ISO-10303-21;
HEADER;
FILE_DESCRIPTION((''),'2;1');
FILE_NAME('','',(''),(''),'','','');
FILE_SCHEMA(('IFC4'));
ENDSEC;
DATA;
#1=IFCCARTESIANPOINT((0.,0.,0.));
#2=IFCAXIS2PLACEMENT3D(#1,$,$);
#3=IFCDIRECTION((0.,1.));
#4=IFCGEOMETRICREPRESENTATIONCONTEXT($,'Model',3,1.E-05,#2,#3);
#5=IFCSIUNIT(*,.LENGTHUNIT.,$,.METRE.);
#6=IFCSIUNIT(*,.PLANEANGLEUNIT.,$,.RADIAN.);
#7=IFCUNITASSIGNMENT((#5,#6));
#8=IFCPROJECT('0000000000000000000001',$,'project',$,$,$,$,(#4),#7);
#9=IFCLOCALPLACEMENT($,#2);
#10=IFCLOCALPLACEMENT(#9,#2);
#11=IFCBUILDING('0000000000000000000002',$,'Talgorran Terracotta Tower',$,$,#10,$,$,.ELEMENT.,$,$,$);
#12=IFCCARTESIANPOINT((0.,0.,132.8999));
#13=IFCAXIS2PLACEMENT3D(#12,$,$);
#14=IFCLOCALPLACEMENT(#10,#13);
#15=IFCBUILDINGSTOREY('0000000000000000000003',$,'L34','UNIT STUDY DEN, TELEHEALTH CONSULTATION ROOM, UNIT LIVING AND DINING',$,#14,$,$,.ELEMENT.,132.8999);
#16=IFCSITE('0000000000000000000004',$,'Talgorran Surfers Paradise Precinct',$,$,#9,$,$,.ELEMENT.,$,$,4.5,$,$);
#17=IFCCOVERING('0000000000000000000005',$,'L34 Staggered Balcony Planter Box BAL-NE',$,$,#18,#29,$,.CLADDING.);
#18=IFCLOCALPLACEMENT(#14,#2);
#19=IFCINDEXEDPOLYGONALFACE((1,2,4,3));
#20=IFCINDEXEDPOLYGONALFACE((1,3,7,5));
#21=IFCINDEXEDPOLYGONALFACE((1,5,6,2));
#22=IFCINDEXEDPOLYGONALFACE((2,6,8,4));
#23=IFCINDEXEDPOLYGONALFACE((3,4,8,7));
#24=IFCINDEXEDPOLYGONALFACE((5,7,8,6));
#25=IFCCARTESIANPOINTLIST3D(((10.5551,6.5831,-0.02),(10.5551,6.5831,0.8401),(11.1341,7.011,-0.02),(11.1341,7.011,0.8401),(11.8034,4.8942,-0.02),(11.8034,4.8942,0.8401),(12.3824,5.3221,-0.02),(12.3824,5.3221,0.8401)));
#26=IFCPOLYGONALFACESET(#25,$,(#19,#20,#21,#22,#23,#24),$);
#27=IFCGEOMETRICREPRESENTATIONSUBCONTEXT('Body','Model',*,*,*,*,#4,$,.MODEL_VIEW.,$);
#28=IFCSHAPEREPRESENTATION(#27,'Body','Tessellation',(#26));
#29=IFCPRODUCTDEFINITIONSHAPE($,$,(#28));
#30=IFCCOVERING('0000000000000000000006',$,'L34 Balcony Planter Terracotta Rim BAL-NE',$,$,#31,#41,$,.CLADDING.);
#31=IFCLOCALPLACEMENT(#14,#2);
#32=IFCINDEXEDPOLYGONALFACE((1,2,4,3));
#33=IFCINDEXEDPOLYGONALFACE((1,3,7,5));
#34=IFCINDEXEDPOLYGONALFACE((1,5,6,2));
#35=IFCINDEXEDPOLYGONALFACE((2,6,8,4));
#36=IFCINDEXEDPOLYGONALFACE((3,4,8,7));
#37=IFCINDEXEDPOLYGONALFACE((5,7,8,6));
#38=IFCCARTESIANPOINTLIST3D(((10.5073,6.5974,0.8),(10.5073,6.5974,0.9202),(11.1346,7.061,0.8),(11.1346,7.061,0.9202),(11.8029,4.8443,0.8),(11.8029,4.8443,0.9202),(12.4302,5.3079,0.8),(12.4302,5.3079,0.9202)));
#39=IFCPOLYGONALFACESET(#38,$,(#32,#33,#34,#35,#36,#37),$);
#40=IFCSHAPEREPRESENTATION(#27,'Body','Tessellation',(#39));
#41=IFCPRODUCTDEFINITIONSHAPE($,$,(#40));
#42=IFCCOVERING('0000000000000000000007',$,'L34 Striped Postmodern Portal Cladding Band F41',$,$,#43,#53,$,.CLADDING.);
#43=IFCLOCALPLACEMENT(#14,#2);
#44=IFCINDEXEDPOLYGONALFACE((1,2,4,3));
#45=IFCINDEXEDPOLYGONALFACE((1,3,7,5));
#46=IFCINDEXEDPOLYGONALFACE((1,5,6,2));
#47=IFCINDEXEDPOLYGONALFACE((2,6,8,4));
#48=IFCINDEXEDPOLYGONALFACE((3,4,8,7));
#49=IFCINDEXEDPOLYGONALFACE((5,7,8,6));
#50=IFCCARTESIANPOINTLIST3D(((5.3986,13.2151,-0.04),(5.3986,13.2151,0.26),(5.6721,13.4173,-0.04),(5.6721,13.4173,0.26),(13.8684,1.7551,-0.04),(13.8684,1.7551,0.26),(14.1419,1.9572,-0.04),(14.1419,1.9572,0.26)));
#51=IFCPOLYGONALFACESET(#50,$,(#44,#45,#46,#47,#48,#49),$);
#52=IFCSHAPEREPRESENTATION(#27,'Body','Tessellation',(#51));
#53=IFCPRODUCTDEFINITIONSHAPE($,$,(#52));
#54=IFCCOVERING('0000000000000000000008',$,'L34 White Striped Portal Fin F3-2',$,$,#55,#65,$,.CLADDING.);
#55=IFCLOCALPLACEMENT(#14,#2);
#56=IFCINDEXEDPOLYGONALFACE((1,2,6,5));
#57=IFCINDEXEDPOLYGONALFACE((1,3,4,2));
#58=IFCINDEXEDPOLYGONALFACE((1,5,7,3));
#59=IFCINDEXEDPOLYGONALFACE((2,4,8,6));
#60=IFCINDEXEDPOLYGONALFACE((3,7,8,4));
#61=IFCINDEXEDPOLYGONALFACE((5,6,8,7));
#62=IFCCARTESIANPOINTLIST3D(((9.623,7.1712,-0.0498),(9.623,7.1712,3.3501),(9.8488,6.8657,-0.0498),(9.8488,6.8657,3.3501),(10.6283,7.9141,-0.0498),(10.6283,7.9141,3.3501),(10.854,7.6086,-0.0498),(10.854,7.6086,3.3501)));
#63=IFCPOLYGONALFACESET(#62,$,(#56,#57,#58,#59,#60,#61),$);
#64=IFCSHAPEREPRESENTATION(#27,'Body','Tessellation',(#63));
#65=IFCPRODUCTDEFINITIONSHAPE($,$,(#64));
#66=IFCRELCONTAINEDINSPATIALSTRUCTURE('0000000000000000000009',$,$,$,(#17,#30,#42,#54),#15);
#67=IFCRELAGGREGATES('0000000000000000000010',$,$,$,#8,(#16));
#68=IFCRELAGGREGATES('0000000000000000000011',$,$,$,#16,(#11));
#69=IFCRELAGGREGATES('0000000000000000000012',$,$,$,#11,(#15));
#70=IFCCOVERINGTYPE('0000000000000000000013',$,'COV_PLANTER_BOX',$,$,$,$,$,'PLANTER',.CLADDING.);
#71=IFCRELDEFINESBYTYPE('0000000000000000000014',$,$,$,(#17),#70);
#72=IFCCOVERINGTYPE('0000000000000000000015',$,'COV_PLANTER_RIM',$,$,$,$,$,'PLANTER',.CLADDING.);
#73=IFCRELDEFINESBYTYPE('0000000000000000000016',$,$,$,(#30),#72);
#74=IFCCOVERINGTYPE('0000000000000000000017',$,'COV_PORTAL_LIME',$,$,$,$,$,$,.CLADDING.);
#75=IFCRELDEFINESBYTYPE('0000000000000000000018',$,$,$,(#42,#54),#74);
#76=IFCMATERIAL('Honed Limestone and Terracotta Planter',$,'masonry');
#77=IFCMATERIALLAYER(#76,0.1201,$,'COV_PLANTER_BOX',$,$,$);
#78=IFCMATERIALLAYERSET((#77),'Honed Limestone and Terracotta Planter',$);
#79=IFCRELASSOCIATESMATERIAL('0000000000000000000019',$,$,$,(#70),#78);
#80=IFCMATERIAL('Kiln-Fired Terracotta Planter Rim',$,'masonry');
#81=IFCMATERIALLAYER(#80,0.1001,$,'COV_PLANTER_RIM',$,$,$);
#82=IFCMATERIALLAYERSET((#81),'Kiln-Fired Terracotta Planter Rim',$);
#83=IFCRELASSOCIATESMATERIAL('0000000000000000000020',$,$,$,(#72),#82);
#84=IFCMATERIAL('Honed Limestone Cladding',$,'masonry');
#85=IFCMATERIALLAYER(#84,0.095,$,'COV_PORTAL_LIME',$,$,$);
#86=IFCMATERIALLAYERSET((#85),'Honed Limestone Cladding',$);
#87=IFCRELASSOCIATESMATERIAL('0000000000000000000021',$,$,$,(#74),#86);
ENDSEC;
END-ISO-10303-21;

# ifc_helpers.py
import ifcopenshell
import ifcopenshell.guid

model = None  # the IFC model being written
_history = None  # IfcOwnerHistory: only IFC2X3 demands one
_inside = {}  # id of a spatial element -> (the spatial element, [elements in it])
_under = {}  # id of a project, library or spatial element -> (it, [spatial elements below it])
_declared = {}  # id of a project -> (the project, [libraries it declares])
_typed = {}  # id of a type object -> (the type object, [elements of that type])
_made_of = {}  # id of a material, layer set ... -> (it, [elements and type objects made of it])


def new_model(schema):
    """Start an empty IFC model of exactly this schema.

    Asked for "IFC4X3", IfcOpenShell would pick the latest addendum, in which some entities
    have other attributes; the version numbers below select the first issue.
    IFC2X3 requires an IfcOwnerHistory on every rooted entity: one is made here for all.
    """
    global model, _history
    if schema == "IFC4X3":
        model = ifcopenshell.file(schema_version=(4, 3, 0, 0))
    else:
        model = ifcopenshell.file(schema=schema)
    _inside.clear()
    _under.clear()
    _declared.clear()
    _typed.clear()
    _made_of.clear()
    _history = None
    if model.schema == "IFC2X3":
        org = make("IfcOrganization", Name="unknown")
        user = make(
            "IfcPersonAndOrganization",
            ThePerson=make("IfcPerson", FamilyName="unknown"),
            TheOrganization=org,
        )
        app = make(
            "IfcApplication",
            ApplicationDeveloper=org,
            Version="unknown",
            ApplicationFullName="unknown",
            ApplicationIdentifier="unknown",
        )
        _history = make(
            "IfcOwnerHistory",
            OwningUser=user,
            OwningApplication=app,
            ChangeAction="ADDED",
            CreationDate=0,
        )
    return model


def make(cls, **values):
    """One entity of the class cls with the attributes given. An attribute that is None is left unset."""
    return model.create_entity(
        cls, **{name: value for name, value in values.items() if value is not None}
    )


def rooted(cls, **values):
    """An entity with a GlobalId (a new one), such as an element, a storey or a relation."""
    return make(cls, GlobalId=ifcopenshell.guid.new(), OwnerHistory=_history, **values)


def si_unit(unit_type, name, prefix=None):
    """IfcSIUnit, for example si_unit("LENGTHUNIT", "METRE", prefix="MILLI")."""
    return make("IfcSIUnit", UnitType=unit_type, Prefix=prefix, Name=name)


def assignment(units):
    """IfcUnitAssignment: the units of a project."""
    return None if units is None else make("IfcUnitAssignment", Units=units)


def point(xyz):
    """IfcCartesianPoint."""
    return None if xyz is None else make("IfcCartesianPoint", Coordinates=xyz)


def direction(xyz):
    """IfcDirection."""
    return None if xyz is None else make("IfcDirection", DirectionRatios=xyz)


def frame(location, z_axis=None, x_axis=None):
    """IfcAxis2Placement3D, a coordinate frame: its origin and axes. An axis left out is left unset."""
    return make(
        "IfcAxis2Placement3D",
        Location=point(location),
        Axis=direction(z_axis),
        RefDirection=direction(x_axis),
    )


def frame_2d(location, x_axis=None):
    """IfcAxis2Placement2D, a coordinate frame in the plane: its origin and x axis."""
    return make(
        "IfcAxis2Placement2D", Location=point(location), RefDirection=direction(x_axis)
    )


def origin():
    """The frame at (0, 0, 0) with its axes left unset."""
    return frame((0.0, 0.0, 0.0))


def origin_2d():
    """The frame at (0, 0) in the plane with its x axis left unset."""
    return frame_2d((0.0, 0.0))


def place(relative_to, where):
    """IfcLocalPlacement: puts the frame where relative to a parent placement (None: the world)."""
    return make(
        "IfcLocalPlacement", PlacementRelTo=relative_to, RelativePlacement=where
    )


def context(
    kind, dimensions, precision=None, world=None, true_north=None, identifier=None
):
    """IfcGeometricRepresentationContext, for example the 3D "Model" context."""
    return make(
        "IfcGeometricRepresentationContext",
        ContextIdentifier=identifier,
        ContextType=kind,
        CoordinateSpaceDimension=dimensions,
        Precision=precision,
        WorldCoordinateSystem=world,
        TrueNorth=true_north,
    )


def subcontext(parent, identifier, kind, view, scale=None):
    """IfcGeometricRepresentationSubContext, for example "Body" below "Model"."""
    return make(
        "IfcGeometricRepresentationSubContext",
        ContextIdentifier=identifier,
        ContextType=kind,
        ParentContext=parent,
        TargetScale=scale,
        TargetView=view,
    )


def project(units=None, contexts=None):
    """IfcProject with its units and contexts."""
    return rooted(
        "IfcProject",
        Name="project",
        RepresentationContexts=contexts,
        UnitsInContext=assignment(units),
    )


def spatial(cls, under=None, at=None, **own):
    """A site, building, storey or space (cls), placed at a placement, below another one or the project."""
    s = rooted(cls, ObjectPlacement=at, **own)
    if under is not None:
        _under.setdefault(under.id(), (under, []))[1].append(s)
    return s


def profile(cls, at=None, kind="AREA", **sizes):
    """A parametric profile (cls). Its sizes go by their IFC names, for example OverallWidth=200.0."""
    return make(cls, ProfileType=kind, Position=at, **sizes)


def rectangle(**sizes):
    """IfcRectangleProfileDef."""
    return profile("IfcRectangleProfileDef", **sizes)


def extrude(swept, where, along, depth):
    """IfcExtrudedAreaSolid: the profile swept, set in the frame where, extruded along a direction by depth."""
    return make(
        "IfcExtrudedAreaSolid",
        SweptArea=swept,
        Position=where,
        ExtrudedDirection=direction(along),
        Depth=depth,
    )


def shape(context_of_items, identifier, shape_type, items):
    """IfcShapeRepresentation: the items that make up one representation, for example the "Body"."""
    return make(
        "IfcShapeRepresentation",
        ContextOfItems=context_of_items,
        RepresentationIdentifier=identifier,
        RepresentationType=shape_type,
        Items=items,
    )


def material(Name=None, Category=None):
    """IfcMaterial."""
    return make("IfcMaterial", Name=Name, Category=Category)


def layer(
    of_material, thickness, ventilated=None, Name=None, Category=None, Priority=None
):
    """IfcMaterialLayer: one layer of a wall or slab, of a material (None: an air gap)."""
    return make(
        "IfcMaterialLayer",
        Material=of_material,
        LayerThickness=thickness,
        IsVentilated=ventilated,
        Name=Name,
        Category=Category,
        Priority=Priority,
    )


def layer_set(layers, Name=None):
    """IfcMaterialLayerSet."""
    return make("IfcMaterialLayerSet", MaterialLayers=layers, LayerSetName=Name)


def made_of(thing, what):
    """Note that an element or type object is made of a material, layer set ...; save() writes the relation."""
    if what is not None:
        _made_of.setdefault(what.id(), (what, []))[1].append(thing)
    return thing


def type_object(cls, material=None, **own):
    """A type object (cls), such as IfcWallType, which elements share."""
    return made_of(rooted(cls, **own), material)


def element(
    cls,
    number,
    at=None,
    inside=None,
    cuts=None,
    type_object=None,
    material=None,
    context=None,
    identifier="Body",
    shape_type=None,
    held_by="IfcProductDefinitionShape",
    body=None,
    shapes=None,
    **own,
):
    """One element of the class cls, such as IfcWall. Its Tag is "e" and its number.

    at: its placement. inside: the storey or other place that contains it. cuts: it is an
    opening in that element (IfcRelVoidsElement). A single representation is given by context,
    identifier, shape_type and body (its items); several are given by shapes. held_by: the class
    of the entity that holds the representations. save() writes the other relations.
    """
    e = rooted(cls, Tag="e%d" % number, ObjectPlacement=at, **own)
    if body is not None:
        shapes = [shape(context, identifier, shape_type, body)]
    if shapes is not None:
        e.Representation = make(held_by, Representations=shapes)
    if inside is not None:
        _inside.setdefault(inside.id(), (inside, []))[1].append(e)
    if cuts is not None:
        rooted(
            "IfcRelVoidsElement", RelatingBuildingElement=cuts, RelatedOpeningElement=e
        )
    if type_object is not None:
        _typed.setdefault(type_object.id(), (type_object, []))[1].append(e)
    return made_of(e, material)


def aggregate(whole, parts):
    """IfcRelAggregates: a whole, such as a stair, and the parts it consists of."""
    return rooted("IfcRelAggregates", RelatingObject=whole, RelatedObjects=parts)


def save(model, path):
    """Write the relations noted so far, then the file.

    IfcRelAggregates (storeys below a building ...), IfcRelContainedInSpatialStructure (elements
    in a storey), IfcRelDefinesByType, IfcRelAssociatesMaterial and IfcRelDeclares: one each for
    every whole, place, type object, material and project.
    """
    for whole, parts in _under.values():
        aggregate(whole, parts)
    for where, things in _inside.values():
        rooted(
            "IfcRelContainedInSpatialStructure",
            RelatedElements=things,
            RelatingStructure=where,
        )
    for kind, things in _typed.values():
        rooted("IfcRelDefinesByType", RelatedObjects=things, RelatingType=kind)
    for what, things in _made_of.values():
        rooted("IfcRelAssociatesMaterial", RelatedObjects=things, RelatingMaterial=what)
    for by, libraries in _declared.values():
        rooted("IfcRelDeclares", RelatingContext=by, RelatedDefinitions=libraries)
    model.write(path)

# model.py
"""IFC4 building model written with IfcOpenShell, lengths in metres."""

from ifc_helpers import new_model, si_unit, direction, frame, origin, origin_2d, place, context, subcontext, project, spatial, rectangle, extrude, material, layer, layer_set, type_object, element, save


model = new_model("IFC4")

# Units and contexts
model_context = context("Model", 3, precision=1e-05, world=origin(), true_north=direction((0.0, 1.0)))
body_context = subcontext(model_context, "Body", "Model", "MODEL_VIEW")
ifc_project = project(units=[si_unit("LENGTHUNIT", "METRE"), si_unit("PLANEANGLEUNIT", "RADIAN")], contexts=[model_context])

# Site, building, storey
site_placement = place(None, origin())
site = spatial("IfcSite", under=ifc_project, at=site_placement, Name="Talgorran Surfers Paradise Precinct", CompositionType="ELEMENT", RefElevation=4.5)
building_placement = place(site_placement, origin())
building = spatial("IfcBuilding", under=site, at=building_placement, Name="Talgorran Terracotta Tower", CompositionType="ELEMENT")
storey_placement = place(building_placement, frame((0.0, 0.0, 132.8999)))
storey = spatial("IfcBuildingStorey", under=building, at=storey_placement, Name="L34", Description="UNIT STUDY DEN, TELEHEALTH CONSULTATION ROOM, UNIT LIVING AND DINING", CompositionType="ELEMENT", Elevation=132.8999)

# Coverings
ifc_material_1 = material(Name="Honed Limestone and Terracotta Planter", Category="masonry")
ifc_layer_1 = layer(ifc_material_1, 0.1201, Name="COV_PLANTER_BOX")
ifc_layer_set_1 = layer_set([ifc_layer_1], Name="Honed Limestone and Terracotta Planter")
covering_type_1 = type_object("IfcCoveringType", Name="COV_PLANTER_BOX", ElementType="PLANTER", PredefinedType="CLADDING", material=ifc_layer_set_1)
covering_1_placement = place(storey_placement, frame((11.4688, 5.9526, -0.02), z_axis=(0.0, 0.0, 1.0), x_axis=(-0.59436, 0.804199, 0.0)))
element("IfcCovering", 1, at=covering_1_placement, inside=storey, type_object=covering_type_1, Name="L34 Staggered Balcony Planter Box BAL-NE", PredefinedType="CLADDING", context=body_context, shape_type="SweptSolid", body=[
    extrude(rectangle(XDim=2.1001, YDim=0.72, at=origin_2d()), origin(), (0.0, 0.0, 1.0), 0.8601),
])
ifc_material_2 = material(Name="Kiln-Fired Terracotta Planter Rim", Category="masonry")
ifc_layer_2 = layer(ifc_material_2, 0.1001, Name="COV_PLANTER_RIM")
ifc_layer_set_2 = layer_set([ifc_layer_2], Name="Kiln-Fired Terracotta Planter Rim")
covering_type_2 = type_object("IfcCoveringType", Name="COV_PLANTER_RIM", ElementType="PLANTER", PredefinedType="CLADDING", material=ifc_layer_set_2)
covering_2_placement = place(storey_placement, frame((11.4688, 5.9526, 0.8), z_axis=(0.0, 0.0, 1.0), x_axis=(-0.59436, 0.804199, 0.0)))
element("IfcCovering", 2, at=covering_2_placement, inside=storey, type_object=covering_type_2, Name="L34 Balcony Planter Terracotta Rim BAL-NE", PredefinedType="CLADDING", context=body_context, shape_type="SweptSolid", body=[
    extrude(rectangle(XDim=2.1799, YDim=0.78, at=origin_2d()), origin(), (0.0, 0.0, 1.0), 0.1201),
])
ifc_material_3 = material(Name="Honed Limestone Cladding", Category="masonry")
ifc_layer_3 = layer(ifc_material_3, 0.095, Name="COV_PORTAL_LIME")
ifc_layer_set_3 = layer_set([ifc_layer_3], Name="Honed Limestone Cladding")
covering_type_3 = type_object("IfcCoveringType", Name="COV_PORTAL_LIME", PredefinedType="CLADDING", material=ifc_layer_set_3)
covering_3_placement = place(storey_placement, frame((9.7703, 7.5862, -0.04), z_axis=(0.0, 0.0, 1.0), x_axis=(-0.59436, 0.804199, 0.0)))
element("IfcCovering", 3, at=covering_3_placement, inside=storey, type_object=covering_type_3, Name="L34 Striped Postmodern Portal Cladding Band F41", PredefinedType="CLADDING", context=body_context, shape_type="SweptSolid", body=[
    extrude(rectangle(XDim=14.2502, YDim=0.3401, at=origin_2d()), origin(), (0.0, 0.0, 1.0), 0.3),
])
covering_4_placement = place(storey_placement, frame((10.2385, 7.3899, -0.0498), z_axis=(0.0, 0.0, 1.0), x_axis=(-0.59436, 0.804199, 0.0)))
element("IfcCovering", 4, at=covering_4_placement, inside=storey, type_object=covering_type_3, Name="L34 White Striped Portal Fin F3-2", PredefinedType="CLADDING", context=body_context, shape_type="SweptSolid", body=[
    extrude(rectangle(XDim=0.3799, YDim=1.25, at=origin_2d()), origin(), (0.0, 0.0, 1.0), 3.3999),
])

save(model, "model.ifc")
